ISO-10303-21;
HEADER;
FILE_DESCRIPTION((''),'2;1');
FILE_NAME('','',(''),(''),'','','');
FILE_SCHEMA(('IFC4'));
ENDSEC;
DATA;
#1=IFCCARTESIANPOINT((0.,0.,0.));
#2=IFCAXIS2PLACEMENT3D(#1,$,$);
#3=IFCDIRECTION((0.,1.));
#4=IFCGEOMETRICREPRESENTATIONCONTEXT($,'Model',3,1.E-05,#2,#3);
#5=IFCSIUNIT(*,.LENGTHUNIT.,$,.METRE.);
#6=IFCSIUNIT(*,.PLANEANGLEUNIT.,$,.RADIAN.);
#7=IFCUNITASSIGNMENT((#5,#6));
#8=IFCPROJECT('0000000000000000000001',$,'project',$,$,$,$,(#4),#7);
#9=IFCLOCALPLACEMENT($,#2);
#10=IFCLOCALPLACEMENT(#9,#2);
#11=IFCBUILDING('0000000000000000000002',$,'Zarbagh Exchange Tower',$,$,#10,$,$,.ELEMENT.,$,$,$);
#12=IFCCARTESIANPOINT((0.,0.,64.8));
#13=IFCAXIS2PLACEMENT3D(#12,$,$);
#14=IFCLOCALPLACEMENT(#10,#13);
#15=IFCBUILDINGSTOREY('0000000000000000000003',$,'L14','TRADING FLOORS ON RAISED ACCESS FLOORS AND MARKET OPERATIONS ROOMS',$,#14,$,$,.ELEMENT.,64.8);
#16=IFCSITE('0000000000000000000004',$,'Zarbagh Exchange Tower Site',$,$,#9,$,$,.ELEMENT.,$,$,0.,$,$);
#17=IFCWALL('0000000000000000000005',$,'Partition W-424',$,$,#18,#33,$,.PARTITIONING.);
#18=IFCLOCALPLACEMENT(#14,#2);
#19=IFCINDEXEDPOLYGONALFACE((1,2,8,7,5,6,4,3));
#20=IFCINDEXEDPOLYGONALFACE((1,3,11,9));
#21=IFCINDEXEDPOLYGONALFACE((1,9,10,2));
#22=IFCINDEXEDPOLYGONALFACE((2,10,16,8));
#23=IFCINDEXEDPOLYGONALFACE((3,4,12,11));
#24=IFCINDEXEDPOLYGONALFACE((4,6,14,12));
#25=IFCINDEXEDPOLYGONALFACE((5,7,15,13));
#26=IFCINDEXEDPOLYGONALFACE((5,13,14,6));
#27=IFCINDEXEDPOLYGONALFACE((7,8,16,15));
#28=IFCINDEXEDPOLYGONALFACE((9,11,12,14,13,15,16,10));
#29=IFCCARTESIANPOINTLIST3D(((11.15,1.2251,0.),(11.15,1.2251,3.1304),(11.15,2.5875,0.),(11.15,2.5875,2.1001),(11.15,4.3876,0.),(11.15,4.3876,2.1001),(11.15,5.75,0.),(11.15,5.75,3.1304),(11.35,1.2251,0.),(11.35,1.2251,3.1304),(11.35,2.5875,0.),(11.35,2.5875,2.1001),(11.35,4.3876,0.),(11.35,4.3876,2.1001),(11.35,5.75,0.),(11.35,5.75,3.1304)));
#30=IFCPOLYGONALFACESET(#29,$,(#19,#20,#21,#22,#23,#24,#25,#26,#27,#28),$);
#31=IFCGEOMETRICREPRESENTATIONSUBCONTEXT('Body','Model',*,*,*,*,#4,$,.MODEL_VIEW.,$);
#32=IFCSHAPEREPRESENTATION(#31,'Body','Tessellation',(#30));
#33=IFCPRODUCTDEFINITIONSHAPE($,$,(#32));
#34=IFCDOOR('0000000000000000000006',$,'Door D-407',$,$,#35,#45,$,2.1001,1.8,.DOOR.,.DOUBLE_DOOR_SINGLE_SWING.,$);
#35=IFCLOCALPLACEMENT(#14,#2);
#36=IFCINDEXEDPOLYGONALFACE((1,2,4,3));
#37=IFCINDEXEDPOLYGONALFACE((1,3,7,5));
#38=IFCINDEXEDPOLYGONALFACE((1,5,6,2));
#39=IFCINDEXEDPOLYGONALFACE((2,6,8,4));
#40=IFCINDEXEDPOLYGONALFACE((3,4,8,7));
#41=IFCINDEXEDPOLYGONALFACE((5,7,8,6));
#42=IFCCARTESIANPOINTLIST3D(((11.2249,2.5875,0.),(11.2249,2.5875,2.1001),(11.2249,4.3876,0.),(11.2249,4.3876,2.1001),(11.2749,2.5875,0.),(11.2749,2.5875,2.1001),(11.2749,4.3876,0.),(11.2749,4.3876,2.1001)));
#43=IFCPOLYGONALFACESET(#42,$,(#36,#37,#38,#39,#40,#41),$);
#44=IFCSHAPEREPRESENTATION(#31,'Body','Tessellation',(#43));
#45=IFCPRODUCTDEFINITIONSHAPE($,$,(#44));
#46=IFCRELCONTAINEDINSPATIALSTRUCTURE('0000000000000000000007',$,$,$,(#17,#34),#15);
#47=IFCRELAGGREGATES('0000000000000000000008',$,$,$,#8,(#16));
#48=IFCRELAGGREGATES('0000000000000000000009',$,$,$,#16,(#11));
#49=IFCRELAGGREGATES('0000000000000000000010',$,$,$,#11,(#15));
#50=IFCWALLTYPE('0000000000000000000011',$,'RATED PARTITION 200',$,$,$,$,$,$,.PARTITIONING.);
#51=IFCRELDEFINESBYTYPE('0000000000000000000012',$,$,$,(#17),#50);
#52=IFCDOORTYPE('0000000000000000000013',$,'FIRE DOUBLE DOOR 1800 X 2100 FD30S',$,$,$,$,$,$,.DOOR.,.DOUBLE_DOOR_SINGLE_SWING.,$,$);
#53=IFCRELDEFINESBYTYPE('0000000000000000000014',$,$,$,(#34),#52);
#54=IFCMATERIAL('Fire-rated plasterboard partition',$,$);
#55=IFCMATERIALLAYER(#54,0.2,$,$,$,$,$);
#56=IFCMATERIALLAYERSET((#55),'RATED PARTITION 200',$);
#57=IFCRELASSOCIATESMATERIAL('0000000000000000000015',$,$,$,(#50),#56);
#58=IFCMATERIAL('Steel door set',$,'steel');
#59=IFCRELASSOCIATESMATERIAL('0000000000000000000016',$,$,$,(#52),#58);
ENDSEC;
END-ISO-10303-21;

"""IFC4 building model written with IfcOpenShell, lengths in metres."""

from ifc_helpers import new_model, si_unit, direction, frame, frame_2d, origin, place, context, subcontext, project, spatial, rectangle, extrude, material, layer, layer_set, type_object, element, fill, save


model = new_model("IFC4")

# Units and contexts
model_context = context("Model", 3, precision=1e-05, world=origin(), true_north=direction((0.0, 1.0)))
body_context = subcontext(model_context, "Body", "Model", "MODEL_VIEW")
ifc_project = project(units=[si_unit("LENGTHUNIT", "METRE"), si_unit("PLANEANGLEUNIT", "RADIAN")], contexts=[model_context])

# Site, building, storey
site_placement = place(None, origin())
site = spatial("IfcSite", under=ifc_project, at=site_placement, Name="Zarbagh Exchange Tower Site", CompositionType="ELEMENT", RefElevation=0.0)
building_placement = place(site_placement, origin())
building = spatial("IfcBuilding", under=site, at=building_placement, Name="Zarbagh Exchange Tower", CompositionType="ELEMENT")
storey_placement = place(building_placement, frame((0.0, 0.0, 64.8)))
storey = spatial("IfcBuildingStorey", under=building, at=storey_placement, Name="L14", Description="TRADING FLOORS ON RAISED ACCESS FLOORS AND MARKET OPERATIONS ROOMS", CompositionType="ELEMENT", Elevation=64.8)

# Shared definitions
ifc_material_1 = material(Name="Fire-rated plasterboard partition")
ifc_layer_1 = layer(ifc_material_1, 0.2)
ifc_layer_set_1 = layer_set([ifc_layer_1], Name="RATED PARTITION 200")
wall_type_1 = type_object("IfcWallType", Name="RATED PARTITION 200", PredefinedType="PARTITIONING", material=ifc_layer_set_1)
ifc_material_2 = material(Name="Steel door set", Category="steel")

# Wall, opening, door
wall_1_placement = place(storey_placement, frame((11.25, 5.75, 0.0), z_axis=(0.0, 0.0, 1.0), x_axis=(0.0, -1.0, 0.0)))
wall_1 = element("IfcWall", 1, at=wall_1_placement, inside=storey, type_object=wall_type_1, Name="Partition W-424", PredefinedType="PARTITIONING", context=body_context, shape_type="SweptSolid", body=[
    extrude(rectangle(XDim=4.5249, YDim=0.2, at=frame_2d((2.2625, 0.0))), origin(), (0.0, 0.0, 1.0), 3.1304),
])
opening_1_placement = place(wall_1_placement, frame((1.3625, 0.0, 0.0)))
opening_1 = element("IfcOpeningElement", 2, at=opening_1_placement, cuts=wall_1, PredefinedType="OPENING", context=body_context, shape_type="SweptSolid", body=[
    extrude(rectangle(XDim=1.8, YDim=2.1001, at=frame_2d((0.8999, 1.05))), frame((0.0, 0.1099, 0.0), z_axis=(0.0, -1.0, 0.0), x_axis=(1.0, 0.0, 0.0)), (0.0, 0.0, 1.0), 0.22),
])
door_type_1 = type_object("IfcDoorType", Name="FIRE DOUBLE DOOR 1800 X 2100 FD30S", OperationType="DOUBLE_DOOR_SINGLE_SWING", PredefinedType="DOOR", material=ifc_material_2)
door_1_placement = place(opening_1_placement, origin())
door_1 = element("IfcDoor", 3, at=door_1_placement, inside=storey, type_object=door_type_1, Name="Door D-407", OperationType="DOUBLE_DOOR_SINGLE_SWING", OverallHeight=2.1001, OverallWidth=1.8, PredefinedType="DOOR", context=body_context, shape_type="SweptSolid", body=[
    extrude(rectangle(XDim=1.8, YDim=2.1001, at=frame_2d((0.8999, 1.05))), frame((0.0, 0.0249, 0.0), z_axis=(0.0, -1.0, 0.0), x_axis=(1.0, 0.0, 0.0)), (0.0, 0.0, 1.0), 0.05),
])
fill(opening_1, door_1)

save(model, "model.ifc")
